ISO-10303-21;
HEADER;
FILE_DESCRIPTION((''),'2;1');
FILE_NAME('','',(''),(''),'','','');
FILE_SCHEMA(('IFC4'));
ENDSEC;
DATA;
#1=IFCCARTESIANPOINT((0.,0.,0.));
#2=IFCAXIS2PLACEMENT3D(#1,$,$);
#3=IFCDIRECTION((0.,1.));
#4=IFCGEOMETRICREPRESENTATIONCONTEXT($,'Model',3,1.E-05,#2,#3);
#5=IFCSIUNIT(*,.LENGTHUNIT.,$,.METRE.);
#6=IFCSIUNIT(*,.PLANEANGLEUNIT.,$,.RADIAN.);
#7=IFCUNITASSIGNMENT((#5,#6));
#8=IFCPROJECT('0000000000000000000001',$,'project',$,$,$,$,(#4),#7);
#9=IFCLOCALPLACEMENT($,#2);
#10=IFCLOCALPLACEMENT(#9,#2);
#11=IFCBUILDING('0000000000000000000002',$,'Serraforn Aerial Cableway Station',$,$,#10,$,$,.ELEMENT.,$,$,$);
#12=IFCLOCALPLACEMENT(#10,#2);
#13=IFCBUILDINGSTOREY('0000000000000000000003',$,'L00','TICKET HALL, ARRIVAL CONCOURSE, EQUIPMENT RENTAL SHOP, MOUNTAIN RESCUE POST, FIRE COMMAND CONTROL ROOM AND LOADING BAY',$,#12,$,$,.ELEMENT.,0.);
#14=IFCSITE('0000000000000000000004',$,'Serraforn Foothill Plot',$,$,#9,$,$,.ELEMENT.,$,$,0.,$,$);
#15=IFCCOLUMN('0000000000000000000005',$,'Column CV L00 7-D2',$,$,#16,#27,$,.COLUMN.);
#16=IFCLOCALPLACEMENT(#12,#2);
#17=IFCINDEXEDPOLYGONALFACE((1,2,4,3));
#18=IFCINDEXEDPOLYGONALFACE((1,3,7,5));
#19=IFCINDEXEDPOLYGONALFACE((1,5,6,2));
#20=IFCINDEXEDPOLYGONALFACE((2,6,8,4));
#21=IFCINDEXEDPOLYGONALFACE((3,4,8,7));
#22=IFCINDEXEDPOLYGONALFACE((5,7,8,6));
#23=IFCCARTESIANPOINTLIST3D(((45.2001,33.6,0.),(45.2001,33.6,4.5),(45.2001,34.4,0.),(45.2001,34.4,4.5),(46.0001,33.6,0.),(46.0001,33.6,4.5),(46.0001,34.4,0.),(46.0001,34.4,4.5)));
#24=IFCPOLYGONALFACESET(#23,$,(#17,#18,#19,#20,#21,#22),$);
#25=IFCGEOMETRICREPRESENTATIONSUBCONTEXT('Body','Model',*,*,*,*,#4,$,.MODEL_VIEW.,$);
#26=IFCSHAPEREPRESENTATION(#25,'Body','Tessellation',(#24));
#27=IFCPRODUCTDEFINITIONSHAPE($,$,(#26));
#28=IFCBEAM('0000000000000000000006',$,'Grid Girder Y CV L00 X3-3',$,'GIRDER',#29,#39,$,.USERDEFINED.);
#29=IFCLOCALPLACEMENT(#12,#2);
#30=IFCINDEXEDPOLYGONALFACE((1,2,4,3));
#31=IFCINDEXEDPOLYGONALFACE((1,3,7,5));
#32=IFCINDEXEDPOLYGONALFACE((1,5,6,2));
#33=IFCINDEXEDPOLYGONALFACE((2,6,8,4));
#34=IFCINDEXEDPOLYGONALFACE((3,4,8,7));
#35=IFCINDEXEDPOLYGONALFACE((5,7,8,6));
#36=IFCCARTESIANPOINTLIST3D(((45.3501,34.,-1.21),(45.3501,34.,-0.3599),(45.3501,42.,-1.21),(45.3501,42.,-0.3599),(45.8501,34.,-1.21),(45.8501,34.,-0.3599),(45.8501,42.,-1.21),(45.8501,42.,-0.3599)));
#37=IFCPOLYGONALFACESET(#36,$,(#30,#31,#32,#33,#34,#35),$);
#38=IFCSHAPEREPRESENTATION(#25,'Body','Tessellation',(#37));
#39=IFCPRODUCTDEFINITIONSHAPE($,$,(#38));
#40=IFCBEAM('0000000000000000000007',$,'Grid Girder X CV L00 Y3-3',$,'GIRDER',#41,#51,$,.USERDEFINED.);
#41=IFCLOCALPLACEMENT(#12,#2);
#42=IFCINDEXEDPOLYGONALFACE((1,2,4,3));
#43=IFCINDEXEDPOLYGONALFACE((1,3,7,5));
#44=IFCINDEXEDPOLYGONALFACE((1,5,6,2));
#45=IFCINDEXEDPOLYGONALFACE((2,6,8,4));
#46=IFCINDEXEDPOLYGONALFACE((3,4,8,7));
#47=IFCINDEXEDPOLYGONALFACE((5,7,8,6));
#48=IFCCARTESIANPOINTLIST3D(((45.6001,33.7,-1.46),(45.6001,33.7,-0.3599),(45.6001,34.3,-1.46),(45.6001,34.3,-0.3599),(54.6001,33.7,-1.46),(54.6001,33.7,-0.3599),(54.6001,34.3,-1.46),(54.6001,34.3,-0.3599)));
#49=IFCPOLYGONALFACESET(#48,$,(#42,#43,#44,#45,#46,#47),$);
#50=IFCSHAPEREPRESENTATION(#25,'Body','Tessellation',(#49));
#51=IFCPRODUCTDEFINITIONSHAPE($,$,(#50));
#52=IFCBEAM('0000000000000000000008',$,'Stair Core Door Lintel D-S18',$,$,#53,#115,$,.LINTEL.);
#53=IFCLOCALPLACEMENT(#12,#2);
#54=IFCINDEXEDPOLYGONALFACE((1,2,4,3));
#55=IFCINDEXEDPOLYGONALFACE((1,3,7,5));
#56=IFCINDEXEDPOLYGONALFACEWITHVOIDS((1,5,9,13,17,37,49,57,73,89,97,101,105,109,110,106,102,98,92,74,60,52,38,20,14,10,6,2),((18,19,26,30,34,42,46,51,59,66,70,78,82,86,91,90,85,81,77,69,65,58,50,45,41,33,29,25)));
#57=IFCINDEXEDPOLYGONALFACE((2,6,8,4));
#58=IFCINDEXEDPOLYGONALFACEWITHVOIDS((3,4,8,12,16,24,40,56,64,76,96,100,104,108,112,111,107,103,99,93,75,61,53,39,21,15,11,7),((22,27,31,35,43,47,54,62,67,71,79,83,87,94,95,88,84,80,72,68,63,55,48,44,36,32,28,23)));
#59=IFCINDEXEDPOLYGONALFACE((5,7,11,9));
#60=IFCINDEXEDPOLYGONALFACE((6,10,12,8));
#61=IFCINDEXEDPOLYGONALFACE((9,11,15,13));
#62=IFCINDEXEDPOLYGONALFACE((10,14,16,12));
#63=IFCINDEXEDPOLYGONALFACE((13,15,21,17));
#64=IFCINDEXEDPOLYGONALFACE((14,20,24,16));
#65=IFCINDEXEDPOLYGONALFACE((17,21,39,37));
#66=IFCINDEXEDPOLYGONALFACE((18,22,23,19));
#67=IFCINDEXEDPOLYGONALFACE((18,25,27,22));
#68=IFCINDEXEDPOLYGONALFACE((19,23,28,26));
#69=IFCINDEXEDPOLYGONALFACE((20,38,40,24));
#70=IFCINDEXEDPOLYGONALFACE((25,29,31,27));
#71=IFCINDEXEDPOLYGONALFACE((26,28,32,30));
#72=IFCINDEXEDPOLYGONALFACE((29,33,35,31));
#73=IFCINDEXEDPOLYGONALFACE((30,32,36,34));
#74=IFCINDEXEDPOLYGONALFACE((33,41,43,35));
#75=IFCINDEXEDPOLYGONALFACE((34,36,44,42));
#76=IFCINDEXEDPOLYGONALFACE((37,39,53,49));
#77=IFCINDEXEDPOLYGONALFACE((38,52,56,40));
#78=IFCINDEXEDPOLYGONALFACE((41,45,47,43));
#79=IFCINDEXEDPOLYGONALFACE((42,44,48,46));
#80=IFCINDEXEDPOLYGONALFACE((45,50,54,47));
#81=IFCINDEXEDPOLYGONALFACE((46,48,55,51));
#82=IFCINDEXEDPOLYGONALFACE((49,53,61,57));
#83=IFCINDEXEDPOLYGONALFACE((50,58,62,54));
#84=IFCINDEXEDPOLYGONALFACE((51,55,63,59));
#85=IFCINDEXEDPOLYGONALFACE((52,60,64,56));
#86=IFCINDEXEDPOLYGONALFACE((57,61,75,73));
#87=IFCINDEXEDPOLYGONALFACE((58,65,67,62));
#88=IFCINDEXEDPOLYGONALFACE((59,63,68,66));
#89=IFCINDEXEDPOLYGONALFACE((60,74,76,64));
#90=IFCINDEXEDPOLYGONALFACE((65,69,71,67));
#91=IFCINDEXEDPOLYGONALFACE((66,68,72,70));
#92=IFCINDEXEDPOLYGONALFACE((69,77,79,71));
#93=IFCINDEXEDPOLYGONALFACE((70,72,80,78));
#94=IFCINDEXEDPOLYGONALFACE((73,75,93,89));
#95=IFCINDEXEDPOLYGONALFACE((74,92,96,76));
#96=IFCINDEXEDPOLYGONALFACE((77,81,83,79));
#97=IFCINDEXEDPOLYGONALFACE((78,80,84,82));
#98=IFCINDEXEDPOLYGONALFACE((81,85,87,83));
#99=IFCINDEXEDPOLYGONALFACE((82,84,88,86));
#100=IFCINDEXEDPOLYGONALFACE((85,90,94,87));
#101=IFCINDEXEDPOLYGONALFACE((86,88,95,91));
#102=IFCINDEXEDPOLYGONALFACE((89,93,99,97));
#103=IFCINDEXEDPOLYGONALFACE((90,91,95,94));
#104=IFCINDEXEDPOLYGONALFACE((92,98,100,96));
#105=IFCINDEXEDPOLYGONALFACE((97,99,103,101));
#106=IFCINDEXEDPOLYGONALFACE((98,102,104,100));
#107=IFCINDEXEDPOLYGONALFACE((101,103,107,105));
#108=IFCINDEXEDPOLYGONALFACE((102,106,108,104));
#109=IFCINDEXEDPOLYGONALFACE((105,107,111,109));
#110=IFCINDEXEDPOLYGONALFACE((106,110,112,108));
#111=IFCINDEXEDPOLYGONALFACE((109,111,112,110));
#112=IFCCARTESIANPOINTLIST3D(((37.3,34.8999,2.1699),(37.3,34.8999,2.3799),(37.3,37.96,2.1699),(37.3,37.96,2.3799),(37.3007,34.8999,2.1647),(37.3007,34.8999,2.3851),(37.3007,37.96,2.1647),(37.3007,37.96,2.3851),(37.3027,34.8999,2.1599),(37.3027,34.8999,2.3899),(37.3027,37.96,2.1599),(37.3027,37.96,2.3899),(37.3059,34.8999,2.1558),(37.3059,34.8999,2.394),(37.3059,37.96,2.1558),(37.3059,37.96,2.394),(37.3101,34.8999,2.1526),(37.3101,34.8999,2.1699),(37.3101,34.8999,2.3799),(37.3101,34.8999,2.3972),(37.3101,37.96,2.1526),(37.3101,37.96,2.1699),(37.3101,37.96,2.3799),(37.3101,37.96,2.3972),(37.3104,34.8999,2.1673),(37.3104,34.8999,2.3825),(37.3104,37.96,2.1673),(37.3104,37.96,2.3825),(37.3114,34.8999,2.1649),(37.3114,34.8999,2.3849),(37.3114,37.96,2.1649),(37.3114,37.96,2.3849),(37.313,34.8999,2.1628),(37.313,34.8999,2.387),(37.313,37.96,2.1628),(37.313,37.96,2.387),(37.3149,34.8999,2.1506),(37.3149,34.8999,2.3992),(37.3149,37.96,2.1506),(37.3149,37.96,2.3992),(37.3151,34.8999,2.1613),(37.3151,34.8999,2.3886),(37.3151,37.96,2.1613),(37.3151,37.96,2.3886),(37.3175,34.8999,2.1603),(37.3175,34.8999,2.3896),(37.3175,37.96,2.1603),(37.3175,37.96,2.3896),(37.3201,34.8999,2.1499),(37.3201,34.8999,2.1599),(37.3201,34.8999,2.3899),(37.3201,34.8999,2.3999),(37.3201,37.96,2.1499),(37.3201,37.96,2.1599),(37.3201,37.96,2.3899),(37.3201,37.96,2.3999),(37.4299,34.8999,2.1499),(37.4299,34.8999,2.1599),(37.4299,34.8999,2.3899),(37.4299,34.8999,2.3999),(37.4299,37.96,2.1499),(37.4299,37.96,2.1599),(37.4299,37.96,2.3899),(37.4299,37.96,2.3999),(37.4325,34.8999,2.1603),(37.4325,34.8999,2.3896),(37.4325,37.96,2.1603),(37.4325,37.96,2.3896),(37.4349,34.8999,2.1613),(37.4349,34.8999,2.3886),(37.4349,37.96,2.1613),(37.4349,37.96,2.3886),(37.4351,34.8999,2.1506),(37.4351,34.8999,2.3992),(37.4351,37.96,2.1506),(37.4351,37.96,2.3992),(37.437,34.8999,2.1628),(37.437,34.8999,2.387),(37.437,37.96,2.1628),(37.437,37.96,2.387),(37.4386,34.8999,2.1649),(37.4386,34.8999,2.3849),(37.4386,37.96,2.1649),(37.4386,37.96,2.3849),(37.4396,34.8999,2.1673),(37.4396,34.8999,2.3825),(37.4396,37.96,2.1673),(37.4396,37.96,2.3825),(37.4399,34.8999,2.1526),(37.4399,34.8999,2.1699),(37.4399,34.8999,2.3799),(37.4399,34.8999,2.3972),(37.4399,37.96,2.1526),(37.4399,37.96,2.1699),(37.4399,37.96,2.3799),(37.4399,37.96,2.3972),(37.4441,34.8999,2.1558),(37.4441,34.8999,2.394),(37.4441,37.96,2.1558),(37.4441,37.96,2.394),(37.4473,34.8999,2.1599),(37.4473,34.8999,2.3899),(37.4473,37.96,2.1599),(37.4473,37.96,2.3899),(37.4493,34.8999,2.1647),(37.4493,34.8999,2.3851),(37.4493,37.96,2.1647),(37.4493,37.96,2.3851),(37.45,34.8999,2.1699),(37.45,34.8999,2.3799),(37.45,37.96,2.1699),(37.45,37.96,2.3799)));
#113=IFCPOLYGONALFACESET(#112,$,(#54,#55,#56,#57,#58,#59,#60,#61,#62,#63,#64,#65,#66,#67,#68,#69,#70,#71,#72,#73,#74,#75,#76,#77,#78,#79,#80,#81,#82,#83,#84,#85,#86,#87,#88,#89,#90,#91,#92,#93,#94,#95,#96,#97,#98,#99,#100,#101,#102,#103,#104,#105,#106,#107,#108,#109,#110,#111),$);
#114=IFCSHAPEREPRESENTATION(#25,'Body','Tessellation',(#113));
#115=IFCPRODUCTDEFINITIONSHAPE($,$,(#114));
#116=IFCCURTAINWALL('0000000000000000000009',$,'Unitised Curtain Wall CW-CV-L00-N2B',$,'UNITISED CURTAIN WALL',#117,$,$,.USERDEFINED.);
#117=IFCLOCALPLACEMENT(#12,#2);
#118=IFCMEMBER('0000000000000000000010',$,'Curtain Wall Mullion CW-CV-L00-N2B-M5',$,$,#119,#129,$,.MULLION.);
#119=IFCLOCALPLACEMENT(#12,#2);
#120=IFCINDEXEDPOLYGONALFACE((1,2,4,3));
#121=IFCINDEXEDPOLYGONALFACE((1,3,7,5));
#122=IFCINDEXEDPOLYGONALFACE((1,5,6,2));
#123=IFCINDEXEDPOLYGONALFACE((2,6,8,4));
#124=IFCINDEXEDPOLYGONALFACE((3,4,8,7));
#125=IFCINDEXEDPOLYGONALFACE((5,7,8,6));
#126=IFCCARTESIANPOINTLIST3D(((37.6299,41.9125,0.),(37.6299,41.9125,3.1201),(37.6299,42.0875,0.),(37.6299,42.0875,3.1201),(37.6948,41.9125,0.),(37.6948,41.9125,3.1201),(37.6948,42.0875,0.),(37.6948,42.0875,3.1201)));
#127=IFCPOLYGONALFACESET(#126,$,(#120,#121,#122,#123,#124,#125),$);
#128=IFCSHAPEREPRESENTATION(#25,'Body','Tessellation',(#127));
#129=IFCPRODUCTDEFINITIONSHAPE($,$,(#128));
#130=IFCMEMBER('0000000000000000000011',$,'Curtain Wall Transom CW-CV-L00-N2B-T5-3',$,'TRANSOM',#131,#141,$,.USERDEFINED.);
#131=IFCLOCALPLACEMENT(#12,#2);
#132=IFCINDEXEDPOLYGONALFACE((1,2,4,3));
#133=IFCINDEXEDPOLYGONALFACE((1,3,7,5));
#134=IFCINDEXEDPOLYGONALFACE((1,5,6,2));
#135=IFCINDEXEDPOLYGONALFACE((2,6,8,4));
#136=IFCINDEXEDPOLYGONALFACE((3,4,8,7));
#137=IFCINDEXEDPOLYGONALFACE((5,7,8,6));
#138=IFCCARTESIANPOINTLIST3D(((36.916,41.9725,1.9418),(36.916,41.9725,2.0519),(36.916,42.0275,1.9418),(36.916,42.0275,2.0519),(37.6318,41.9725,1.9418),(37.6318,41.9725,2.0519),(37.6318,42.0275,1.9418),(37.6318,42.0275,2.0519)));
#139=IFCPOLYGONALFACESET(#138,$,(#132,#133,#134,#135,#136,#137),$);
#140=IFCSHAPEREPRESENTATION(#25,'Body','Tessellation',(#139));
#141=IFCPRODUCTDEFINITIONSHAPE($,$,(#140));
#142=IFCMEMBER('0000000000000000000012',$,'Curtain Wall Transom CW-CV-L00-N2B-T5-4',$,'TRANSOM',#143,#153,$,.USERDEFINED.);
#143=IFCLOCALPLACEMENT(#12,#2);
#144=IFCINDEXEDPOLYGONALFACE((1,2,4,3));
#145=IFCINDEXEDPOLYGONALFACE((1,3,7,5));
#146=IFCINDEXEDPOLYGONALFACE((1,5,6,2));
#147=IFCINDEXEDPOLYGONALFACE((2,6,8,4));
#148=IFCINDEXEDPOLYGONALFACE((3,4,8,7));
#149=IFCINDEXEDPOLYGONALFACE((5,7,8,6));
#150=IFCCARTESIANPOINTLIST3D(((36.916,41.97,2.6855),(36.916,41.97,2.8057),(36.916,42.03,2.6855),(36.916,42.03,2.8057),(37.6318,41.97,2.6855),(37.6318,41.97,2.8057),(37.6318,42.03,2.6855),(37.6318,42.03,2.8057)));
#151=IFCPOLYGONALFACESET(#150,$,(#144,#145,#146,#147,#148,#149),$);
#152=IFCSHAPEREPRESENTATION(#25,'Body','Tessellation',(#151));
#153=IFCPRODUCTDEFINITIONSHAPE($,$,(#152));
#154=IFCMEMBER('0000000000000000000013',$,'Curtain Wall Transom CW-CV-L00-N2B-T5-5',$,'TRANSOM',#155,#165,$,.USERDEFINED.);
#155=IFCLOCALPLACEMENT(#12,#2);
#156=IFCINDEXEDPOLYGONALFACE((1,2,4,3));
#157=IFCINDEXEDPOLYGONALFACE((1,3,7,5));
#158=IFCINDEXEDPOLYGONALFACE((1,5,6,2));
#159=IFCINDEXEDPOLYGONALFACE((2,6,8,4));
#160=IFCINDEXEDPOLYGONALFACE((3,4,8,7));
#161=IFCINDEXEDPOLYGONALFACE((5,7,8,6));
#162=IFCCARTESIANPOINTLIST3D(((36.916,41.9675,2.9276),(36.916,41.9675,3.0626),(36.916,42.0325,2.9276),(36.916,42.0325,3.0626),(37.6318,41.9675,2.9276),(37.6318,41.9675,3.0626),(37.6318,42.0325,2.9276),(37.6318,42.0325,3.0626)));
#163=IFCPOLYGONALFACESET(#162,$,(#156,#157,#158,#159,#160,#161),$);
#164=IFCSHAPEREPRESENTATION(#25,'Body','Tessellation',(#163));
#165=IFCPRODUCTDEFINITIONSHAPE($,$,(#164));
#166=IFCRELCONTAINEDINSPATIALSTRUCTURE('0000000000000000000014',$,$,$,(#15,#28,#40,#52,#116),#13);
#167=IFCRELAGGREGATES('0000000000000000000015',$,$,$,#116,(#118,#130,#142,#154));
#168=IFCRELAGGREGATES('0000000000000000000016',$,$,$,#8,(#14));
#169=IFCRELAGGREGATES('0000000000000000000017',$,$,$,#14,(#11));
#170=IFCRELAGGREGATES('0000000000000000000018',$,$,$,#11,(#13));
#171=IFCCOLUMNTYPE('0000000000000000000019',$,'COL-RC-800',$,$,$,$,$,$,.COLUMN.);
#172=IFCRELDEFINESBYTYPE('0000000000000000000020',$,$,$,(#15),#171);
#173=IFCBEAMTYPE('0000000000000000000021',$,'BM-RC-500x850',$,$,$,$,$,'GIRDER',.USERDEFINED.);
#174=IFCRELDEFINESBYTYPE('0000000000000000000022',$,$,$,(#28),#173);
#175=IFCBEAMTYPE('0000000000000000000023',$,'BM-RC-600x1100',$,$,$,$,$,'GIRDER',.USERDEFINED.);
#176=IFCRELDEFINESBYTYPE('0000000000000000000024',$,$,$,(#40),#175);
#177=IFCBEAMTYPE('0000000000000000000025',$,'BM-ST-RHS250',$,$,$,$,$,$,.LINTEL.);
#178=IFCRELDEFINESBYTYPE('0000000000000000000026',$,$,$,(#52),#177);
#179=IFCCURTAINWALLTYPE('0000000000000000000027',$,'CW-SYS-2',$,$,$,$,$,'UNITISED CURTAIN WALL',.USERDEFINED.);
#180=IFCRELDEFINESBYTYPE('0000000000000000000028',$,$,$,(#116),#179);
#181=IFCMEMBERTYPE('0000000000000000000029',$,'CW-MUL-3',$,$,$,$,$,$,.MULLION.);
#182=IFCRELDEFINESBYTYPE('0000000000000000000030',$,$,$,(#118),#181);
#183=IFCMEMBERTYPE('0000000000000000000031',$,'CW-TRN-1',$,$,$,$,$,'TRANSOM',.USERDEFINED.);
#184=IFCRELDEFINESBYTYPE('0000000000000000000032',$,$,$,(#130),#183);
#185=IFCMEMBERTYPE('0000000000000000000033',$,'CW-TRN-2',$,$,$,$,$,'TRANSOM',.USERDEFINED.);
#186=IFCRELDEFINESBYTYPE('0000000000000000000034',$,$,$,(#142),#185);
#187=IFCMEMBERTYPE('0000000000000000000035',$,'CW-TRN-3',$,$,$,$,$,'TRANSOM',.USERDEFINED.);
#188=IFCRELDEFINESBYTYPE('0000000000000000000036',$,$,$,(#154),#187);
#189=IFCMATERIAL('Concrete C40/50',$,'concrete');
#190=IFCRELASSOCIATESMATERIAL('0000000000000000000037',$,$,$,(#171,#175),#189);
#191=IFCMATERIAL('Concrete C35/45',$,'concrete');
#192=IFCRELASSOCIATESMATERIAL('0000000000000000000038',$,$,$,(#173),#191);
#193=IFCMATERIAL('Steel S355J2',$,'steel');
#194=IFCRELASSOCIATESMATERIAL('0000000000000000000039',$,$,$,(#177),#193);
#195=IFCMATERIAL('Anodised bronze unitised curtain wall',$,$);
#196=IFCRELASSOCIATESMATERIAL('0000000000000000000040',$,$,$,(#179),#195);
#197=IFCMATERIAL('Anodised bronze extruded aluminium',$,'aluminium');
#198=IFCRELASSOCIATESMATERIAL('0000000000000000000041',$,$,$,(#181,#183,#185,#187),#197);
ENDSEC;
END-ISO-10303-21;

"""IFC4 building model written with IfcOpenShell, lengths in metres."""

from ifc_helpers import new_model, si_unit, direction, frame, origin, origin_2d, place, context, subcontext, project, spatial, rectangle, hollow_rectangle, extrude, material, material_profile, profile_set, type_object, element, aggregate, save


model = new_model("IFC4")

# Units and contexts
model_context = context("Model", 3, precision=1e-05, world=origin(), true_north=direction((0.0, 1.0)))
body_context = subcontext(model_context, "Body", "Model", "MODEL_VIEW")
ifc_project = project(units=[si_unit("LENGTHUNIT", "METRE"), si_unit("PLANEANGLEUNIT", "RADIAN")], contexts=[model_context])

# Site, building, storey
site_placement = place(None, origin())
site = spatial("IfcSite", under=ifc_project, at=site_placement, Name="Serraforn Foothill Plot", CompositionType="ELEMENT", RefElevation=0.0)
building_placement = place(site_placement, origin())
building = spatial("IfcBuilding", under=site, at=building_placement, Name="Serraforn Aerial Cableway Station", CompositionType="ELEMENT")
storey_placement = place(building_placement, origin())
storey = spatial("IfcBuildingStorey", under=building, at=storey_placement, Name="L00", Description="TICKET HALL, ARRIVAL CONCOURSE, EQUIPMENT RENTAL SHOP, MOUNTAIN RESCUE POST, FIRE COMMAND CONTROL ROOM AND LOADING BAY", CompositionType="ELEMENT", Elevation=0.0)

# Column
ifc_material_1 = material(Name="Concrete C40/50", Category="concrete")
ifc_material_profile_1 = material_profile(ifc_material_1, rectangle(XDim=0.8, YDim=0.8, at=origin_2d()), Name="RC 800x800")
ifc_profile_set_1 = profile_set([ifc_material_profile_1], Name="Concrete C40/50")
column_type = type_object("IfcColumnType", Name="COL-RC-800", PredefinedType="COLUMN", material=ifc_profile_set_1)
column_placement = place(storey_placement, frame((45.6001, 34.0, 0.0), z_axis=(0.0, 0.0, 1.0), x_axis=(1.0, 0.0, 0.0)))
element("IfcColumn", 1, at=column_placement, inside=storey, type_object=column_type, Name="Column CV L00 7-D2", PredefinedType="COLUMN", context=body_context, shape_type="SweptSolid", body=[
    extrude(rectangle(XDim=0.8, YDim=0.8, at=origin_2d()), origin(), (0.0, 0.0, 1.0), 4.5),
])

# Beams
ifc_material_2 = material(Name="Concrete C35/45", Category="concrete")
ifc_material_profile_2 = material_profile(ifc_material_2, rectangle(XDim=0.5, YDim=0.8501, at=origin_2d()), Name="RC 500x850")
ifc_profile_set_2 = profile_set([ifc_material_profile_2], Name="Concrete C35/45")
beam_type_1 = type_object("IfcBeamType", Name="BM-RC-500x850", ElementType="GIRDER", PredefinedType="USERDEFINED", material=ifc_profile_set_2)
beam_1_placement = place(storey_placement, frame((45.6001, 34.0, -0.7849), z_axis=(0.0, 1.0, 0.0), x_axis=(-1.0, 0.0, 0.0)))
element("IfcBeam", 2, at=beam_1_placement, inside=storey, type_object=beam_type_1, Name="Grid Girder Y CV L00 X3-3", ObjectType="GIRDER", PredefinedType="USERDEFINED", context=body_context, shape_type="SweptSolid", body=[
    extrude(rectangle(XDim=0.5, YDim=0.8501, at=origin_2d()), origin(), (0.0, 0.0, 1.0), 8.0),
])
ifc_material_profile_3 = material_profile(ifc_material_1, rectangle(XDim=0.6001, YDim=1.1001, at=origin_2d()), Name="RC 600x1100")
ifc_profile_set_3 = profile_set([ifc_material_profile_3], Name="Concrete C40/50")
beam_type_2 = type_object("IfcBeamType", Name="BM-RC-600x1100", ElementType="GIRDER", PredefinedType="USERDEFINED", material=ifc_profile_set_3)
beam_2_placement = place(storey_placement, frame((45.6001, 34.0, -0.9099), z_axis=(1.0, 0.0, 0.0), x_axis=(0.0, 1.0, 0.0)))
element("IfcBeam", 3, at=beam_2_placement, inside=storey, type_object=beam_type_2, Name="Grid Girder X CV L00 Y3-3", ObjectType="GIRDER", PredefinedType="USERDEFINED", context=body_context, shape_type="SweptSolid", body=[
    extrude(rectangle(XDim=0.6001, YDim=1.1001, at=origin_2d()), origin(), (0.0, 0.0, 1.0), 9.0),
])
ifc_material_3 = material(Name="Steel S355J2", Category="steel")
ifc_material_profile_4 = material_profile(ifc_material_3, hollow_rectangle(XDim=0.1499, YDim=0.25, WallThickness=0.01, InnerFilletRadius=0.01, OuterFilletRadius=0.02, at=origin_2d()), Name="RHS 250x150x10.0")
ifc_profile_set_4 = profile_set([ifc_material_profile_4], Name="Steel S355J2")
beam_type_3 = type_object("IfcBeamType", Name="BM-ST-RHS250", PredefinedType="LINTEL", material=ifc_profile_set_4)
beam_3_placement = place(storey_placement, frame((37.375, 34.8999, 2.2749), z_axis=(0.0, 1.0, 0.0), x_axis=(-1.0, 0.0, 0.0)))
element("IfcBeam", 4, at=beam_3_placement, inside=storey, type_object=beam_type_3, Name="Stair Core Door Lintel D-S18", PredefinedType="LINTEL", context=body_context, shape_type="SweptSolid", body=[
    extrude(hollow_rectangle(XDim=0.1499, YDim=0.25, WallThickness=0.01, InnerFilletRadius=0.01, OuterFilletRadius=0.02, at=origin_2d()), origin(), (0.0, 0.0, 1.0), 3.0601),
])

# Curtain wall, members
ifc_material_4 = material(Name="Anodised bronze unitised curtain wall")
curtain_wall_type = type_object("IfcCurtainWallType", Name="CW-SYS-2", ElementType="UNITISED CURTAIN WALL", PredefinedType="USERDEFINED", material=ifc_material_4)
curtain_wall_placement = place(storey_placement, origin())
curtain_wall = element("IfcCurtainWall", 5, at=curtain_wall_placement, inside=storey, type_object=curtain_wall_type, Name="Unitised Curtain Wall CW-CV-L00-N2B", ObjectType="UNITISED CURTAIN WALL", PredefinedType="USERDEFINED")
ifc_material_5 = material(Name="Anodised bronze extruded aluminium", Category="aluminium")
ifc_material_profile_5 = material_profile(ifc_material_5, rectangle(XDim=0.0649, YDim=0.175, at=origin_2d()), Name="CW MULLION 65x175")
ifc_profile_set_5 = profile_set([ifc_material_profile_5], Name="Anodised bronze extruded aluminium")
member_type_1 = type_object("IfcMemberType", Name="CW-MUL-3", PredefinedType="MULLION", material=ifc_profile_set_5)
member_1_placement = place(storey_placement, frame((37.6624, 42.0, 0.0), z_axis=(0.0, 0.0, 1.0), x_axis=(-1.0, 0.0, 0.0)))
member_1 = element("IfcMember", 6, at=member_1_placement, type_object=member_type_1, Name="Curtain Wall Mullion CW-CV-L00-N2B-M5", PredefinedType="MULLION", context=body_context, shape_type="SweptSolid", body=[
    extrude(rectangle(XDim=0.0649, YDim=0.175, at=origin_2d()), origin(), (0.0, 0.0, 1.0), 3.1201),
])
ifc_material_profile_6 = material_profile(ifc_material_5, rectangle(XDim=0.0549, YDim=0.1101, at=origin_2d()), Name="CW TRANSOM 55x110")
ifc_profile_set_6 = profile_set([ifc_material_profile_6], Name="Anodised bronze extruded aluminium")
member_type_2 = type_object("IfcMemberType", Name="CW-TRN-1", ElementType="TRANSOM", PredefinedType="USERDEFINED", material=ifc_profile_set_6)
member_2_placement = place(storey_placement, frame((37.6318, 42.0, 1.9968), z_axis=(-1.0, 0.0, 0.0), x_axis=(0.0, -1.0, 0.0)))
member_2 = element("IfcMember", 7, at=member_2_placement, type_object=member_type_2, Name="Curtain Wall Transom CW-CV-L00-N2B-T5-3", ObjectType="TRANSOM", PredefinedType="USERDEFINED", context=body_context, shape_type="SweptSolid", body=[
    extrude(rectangle(XDim=0.0549, YDim=0.1101, at=origin_2d()), origin(), (0.0, 0.0, 1.0), 0.7158),
])
ifc_material_profile_7 = material_profile(ifc_material_5, rectangle(XDim=0.0601, YDim=0.1201, at=origin_2d()), Name="CW TRANSOM 60x120")
ifc_profile_set_7 = profile_set([ifc_material_profile_7], Name="Anodised bronze extruded aluminium")
member_type_3 = type_object("IfcMemberType", Name="CW-TRN-2", ElementType="TRANSOM", PredefinedType="USERDEFINED", material=ifc_profile_set_7)
member_3_placement = place(storey_placement, frame((37.6318, 42.0, 2.7456), z_axis=(-1.0, 0.0, 0.0), x_axis=(0.0, -1.0, 0.0)))
member_3 = element("IfcMember", 8, at=member_3_placement, type_object=member_type_3, Name="Curtain Wall Transom CW-CV-L00-N2B-T5-4", ObjectType="TRANSOM", PredefinedType="USERDEFINED", context=body_context, shape_type="SweptSolid", body=[
    extrude(rectangle(XDim=0.0601, YDim=0.1201, at=origin_2d()), origin(), (0.0, 0.0, 1.0), 0.7158),
])
ifc_material_profile_8 = material_profile(ifc_material_5, rectangle(XDim=0.0649, YDim=0.135, at=origin_2d()), Name="CW TRANSOM 65x135")
ifc_profile_set_8 = profile_set([ifc_material_profile_8], Name="Anodised bronze extruded aluminium")
member_type_4 = type_object("IfcMemberType", Name="CW-TRN-3", ElementType="TRANSOM", PredefinedType="USERDEFINED", material=ifc_profile_set_8)
member_4_placement = place(storey_placement, frame((37.6318, 42.0, 2.9951), z_axis=(-1.0, 0.0, 0.0), x_axis=(0.0, -1.0, 0.0)))
member_4 = element("IfcMember", 9, at=member_4_placement, type_object=member_type_4, Name="Curtain Wall Transom CW-CV-L00-N2B-T5-5", ObjectType="TRANSOM", PredefinedType="USERDEFINED", context=body_context, shape_type="SweptSolid", body=[
    extrude(rectangle(XDim=0.0649, YDim=0.135, at=origin_2d()), origin(), (0.0, 0.0, 1.0), 0.7158),
])
aggregate(curtain_wall, [member_1, member_2, member_3, member_4])

save(model, "model.ifc")
